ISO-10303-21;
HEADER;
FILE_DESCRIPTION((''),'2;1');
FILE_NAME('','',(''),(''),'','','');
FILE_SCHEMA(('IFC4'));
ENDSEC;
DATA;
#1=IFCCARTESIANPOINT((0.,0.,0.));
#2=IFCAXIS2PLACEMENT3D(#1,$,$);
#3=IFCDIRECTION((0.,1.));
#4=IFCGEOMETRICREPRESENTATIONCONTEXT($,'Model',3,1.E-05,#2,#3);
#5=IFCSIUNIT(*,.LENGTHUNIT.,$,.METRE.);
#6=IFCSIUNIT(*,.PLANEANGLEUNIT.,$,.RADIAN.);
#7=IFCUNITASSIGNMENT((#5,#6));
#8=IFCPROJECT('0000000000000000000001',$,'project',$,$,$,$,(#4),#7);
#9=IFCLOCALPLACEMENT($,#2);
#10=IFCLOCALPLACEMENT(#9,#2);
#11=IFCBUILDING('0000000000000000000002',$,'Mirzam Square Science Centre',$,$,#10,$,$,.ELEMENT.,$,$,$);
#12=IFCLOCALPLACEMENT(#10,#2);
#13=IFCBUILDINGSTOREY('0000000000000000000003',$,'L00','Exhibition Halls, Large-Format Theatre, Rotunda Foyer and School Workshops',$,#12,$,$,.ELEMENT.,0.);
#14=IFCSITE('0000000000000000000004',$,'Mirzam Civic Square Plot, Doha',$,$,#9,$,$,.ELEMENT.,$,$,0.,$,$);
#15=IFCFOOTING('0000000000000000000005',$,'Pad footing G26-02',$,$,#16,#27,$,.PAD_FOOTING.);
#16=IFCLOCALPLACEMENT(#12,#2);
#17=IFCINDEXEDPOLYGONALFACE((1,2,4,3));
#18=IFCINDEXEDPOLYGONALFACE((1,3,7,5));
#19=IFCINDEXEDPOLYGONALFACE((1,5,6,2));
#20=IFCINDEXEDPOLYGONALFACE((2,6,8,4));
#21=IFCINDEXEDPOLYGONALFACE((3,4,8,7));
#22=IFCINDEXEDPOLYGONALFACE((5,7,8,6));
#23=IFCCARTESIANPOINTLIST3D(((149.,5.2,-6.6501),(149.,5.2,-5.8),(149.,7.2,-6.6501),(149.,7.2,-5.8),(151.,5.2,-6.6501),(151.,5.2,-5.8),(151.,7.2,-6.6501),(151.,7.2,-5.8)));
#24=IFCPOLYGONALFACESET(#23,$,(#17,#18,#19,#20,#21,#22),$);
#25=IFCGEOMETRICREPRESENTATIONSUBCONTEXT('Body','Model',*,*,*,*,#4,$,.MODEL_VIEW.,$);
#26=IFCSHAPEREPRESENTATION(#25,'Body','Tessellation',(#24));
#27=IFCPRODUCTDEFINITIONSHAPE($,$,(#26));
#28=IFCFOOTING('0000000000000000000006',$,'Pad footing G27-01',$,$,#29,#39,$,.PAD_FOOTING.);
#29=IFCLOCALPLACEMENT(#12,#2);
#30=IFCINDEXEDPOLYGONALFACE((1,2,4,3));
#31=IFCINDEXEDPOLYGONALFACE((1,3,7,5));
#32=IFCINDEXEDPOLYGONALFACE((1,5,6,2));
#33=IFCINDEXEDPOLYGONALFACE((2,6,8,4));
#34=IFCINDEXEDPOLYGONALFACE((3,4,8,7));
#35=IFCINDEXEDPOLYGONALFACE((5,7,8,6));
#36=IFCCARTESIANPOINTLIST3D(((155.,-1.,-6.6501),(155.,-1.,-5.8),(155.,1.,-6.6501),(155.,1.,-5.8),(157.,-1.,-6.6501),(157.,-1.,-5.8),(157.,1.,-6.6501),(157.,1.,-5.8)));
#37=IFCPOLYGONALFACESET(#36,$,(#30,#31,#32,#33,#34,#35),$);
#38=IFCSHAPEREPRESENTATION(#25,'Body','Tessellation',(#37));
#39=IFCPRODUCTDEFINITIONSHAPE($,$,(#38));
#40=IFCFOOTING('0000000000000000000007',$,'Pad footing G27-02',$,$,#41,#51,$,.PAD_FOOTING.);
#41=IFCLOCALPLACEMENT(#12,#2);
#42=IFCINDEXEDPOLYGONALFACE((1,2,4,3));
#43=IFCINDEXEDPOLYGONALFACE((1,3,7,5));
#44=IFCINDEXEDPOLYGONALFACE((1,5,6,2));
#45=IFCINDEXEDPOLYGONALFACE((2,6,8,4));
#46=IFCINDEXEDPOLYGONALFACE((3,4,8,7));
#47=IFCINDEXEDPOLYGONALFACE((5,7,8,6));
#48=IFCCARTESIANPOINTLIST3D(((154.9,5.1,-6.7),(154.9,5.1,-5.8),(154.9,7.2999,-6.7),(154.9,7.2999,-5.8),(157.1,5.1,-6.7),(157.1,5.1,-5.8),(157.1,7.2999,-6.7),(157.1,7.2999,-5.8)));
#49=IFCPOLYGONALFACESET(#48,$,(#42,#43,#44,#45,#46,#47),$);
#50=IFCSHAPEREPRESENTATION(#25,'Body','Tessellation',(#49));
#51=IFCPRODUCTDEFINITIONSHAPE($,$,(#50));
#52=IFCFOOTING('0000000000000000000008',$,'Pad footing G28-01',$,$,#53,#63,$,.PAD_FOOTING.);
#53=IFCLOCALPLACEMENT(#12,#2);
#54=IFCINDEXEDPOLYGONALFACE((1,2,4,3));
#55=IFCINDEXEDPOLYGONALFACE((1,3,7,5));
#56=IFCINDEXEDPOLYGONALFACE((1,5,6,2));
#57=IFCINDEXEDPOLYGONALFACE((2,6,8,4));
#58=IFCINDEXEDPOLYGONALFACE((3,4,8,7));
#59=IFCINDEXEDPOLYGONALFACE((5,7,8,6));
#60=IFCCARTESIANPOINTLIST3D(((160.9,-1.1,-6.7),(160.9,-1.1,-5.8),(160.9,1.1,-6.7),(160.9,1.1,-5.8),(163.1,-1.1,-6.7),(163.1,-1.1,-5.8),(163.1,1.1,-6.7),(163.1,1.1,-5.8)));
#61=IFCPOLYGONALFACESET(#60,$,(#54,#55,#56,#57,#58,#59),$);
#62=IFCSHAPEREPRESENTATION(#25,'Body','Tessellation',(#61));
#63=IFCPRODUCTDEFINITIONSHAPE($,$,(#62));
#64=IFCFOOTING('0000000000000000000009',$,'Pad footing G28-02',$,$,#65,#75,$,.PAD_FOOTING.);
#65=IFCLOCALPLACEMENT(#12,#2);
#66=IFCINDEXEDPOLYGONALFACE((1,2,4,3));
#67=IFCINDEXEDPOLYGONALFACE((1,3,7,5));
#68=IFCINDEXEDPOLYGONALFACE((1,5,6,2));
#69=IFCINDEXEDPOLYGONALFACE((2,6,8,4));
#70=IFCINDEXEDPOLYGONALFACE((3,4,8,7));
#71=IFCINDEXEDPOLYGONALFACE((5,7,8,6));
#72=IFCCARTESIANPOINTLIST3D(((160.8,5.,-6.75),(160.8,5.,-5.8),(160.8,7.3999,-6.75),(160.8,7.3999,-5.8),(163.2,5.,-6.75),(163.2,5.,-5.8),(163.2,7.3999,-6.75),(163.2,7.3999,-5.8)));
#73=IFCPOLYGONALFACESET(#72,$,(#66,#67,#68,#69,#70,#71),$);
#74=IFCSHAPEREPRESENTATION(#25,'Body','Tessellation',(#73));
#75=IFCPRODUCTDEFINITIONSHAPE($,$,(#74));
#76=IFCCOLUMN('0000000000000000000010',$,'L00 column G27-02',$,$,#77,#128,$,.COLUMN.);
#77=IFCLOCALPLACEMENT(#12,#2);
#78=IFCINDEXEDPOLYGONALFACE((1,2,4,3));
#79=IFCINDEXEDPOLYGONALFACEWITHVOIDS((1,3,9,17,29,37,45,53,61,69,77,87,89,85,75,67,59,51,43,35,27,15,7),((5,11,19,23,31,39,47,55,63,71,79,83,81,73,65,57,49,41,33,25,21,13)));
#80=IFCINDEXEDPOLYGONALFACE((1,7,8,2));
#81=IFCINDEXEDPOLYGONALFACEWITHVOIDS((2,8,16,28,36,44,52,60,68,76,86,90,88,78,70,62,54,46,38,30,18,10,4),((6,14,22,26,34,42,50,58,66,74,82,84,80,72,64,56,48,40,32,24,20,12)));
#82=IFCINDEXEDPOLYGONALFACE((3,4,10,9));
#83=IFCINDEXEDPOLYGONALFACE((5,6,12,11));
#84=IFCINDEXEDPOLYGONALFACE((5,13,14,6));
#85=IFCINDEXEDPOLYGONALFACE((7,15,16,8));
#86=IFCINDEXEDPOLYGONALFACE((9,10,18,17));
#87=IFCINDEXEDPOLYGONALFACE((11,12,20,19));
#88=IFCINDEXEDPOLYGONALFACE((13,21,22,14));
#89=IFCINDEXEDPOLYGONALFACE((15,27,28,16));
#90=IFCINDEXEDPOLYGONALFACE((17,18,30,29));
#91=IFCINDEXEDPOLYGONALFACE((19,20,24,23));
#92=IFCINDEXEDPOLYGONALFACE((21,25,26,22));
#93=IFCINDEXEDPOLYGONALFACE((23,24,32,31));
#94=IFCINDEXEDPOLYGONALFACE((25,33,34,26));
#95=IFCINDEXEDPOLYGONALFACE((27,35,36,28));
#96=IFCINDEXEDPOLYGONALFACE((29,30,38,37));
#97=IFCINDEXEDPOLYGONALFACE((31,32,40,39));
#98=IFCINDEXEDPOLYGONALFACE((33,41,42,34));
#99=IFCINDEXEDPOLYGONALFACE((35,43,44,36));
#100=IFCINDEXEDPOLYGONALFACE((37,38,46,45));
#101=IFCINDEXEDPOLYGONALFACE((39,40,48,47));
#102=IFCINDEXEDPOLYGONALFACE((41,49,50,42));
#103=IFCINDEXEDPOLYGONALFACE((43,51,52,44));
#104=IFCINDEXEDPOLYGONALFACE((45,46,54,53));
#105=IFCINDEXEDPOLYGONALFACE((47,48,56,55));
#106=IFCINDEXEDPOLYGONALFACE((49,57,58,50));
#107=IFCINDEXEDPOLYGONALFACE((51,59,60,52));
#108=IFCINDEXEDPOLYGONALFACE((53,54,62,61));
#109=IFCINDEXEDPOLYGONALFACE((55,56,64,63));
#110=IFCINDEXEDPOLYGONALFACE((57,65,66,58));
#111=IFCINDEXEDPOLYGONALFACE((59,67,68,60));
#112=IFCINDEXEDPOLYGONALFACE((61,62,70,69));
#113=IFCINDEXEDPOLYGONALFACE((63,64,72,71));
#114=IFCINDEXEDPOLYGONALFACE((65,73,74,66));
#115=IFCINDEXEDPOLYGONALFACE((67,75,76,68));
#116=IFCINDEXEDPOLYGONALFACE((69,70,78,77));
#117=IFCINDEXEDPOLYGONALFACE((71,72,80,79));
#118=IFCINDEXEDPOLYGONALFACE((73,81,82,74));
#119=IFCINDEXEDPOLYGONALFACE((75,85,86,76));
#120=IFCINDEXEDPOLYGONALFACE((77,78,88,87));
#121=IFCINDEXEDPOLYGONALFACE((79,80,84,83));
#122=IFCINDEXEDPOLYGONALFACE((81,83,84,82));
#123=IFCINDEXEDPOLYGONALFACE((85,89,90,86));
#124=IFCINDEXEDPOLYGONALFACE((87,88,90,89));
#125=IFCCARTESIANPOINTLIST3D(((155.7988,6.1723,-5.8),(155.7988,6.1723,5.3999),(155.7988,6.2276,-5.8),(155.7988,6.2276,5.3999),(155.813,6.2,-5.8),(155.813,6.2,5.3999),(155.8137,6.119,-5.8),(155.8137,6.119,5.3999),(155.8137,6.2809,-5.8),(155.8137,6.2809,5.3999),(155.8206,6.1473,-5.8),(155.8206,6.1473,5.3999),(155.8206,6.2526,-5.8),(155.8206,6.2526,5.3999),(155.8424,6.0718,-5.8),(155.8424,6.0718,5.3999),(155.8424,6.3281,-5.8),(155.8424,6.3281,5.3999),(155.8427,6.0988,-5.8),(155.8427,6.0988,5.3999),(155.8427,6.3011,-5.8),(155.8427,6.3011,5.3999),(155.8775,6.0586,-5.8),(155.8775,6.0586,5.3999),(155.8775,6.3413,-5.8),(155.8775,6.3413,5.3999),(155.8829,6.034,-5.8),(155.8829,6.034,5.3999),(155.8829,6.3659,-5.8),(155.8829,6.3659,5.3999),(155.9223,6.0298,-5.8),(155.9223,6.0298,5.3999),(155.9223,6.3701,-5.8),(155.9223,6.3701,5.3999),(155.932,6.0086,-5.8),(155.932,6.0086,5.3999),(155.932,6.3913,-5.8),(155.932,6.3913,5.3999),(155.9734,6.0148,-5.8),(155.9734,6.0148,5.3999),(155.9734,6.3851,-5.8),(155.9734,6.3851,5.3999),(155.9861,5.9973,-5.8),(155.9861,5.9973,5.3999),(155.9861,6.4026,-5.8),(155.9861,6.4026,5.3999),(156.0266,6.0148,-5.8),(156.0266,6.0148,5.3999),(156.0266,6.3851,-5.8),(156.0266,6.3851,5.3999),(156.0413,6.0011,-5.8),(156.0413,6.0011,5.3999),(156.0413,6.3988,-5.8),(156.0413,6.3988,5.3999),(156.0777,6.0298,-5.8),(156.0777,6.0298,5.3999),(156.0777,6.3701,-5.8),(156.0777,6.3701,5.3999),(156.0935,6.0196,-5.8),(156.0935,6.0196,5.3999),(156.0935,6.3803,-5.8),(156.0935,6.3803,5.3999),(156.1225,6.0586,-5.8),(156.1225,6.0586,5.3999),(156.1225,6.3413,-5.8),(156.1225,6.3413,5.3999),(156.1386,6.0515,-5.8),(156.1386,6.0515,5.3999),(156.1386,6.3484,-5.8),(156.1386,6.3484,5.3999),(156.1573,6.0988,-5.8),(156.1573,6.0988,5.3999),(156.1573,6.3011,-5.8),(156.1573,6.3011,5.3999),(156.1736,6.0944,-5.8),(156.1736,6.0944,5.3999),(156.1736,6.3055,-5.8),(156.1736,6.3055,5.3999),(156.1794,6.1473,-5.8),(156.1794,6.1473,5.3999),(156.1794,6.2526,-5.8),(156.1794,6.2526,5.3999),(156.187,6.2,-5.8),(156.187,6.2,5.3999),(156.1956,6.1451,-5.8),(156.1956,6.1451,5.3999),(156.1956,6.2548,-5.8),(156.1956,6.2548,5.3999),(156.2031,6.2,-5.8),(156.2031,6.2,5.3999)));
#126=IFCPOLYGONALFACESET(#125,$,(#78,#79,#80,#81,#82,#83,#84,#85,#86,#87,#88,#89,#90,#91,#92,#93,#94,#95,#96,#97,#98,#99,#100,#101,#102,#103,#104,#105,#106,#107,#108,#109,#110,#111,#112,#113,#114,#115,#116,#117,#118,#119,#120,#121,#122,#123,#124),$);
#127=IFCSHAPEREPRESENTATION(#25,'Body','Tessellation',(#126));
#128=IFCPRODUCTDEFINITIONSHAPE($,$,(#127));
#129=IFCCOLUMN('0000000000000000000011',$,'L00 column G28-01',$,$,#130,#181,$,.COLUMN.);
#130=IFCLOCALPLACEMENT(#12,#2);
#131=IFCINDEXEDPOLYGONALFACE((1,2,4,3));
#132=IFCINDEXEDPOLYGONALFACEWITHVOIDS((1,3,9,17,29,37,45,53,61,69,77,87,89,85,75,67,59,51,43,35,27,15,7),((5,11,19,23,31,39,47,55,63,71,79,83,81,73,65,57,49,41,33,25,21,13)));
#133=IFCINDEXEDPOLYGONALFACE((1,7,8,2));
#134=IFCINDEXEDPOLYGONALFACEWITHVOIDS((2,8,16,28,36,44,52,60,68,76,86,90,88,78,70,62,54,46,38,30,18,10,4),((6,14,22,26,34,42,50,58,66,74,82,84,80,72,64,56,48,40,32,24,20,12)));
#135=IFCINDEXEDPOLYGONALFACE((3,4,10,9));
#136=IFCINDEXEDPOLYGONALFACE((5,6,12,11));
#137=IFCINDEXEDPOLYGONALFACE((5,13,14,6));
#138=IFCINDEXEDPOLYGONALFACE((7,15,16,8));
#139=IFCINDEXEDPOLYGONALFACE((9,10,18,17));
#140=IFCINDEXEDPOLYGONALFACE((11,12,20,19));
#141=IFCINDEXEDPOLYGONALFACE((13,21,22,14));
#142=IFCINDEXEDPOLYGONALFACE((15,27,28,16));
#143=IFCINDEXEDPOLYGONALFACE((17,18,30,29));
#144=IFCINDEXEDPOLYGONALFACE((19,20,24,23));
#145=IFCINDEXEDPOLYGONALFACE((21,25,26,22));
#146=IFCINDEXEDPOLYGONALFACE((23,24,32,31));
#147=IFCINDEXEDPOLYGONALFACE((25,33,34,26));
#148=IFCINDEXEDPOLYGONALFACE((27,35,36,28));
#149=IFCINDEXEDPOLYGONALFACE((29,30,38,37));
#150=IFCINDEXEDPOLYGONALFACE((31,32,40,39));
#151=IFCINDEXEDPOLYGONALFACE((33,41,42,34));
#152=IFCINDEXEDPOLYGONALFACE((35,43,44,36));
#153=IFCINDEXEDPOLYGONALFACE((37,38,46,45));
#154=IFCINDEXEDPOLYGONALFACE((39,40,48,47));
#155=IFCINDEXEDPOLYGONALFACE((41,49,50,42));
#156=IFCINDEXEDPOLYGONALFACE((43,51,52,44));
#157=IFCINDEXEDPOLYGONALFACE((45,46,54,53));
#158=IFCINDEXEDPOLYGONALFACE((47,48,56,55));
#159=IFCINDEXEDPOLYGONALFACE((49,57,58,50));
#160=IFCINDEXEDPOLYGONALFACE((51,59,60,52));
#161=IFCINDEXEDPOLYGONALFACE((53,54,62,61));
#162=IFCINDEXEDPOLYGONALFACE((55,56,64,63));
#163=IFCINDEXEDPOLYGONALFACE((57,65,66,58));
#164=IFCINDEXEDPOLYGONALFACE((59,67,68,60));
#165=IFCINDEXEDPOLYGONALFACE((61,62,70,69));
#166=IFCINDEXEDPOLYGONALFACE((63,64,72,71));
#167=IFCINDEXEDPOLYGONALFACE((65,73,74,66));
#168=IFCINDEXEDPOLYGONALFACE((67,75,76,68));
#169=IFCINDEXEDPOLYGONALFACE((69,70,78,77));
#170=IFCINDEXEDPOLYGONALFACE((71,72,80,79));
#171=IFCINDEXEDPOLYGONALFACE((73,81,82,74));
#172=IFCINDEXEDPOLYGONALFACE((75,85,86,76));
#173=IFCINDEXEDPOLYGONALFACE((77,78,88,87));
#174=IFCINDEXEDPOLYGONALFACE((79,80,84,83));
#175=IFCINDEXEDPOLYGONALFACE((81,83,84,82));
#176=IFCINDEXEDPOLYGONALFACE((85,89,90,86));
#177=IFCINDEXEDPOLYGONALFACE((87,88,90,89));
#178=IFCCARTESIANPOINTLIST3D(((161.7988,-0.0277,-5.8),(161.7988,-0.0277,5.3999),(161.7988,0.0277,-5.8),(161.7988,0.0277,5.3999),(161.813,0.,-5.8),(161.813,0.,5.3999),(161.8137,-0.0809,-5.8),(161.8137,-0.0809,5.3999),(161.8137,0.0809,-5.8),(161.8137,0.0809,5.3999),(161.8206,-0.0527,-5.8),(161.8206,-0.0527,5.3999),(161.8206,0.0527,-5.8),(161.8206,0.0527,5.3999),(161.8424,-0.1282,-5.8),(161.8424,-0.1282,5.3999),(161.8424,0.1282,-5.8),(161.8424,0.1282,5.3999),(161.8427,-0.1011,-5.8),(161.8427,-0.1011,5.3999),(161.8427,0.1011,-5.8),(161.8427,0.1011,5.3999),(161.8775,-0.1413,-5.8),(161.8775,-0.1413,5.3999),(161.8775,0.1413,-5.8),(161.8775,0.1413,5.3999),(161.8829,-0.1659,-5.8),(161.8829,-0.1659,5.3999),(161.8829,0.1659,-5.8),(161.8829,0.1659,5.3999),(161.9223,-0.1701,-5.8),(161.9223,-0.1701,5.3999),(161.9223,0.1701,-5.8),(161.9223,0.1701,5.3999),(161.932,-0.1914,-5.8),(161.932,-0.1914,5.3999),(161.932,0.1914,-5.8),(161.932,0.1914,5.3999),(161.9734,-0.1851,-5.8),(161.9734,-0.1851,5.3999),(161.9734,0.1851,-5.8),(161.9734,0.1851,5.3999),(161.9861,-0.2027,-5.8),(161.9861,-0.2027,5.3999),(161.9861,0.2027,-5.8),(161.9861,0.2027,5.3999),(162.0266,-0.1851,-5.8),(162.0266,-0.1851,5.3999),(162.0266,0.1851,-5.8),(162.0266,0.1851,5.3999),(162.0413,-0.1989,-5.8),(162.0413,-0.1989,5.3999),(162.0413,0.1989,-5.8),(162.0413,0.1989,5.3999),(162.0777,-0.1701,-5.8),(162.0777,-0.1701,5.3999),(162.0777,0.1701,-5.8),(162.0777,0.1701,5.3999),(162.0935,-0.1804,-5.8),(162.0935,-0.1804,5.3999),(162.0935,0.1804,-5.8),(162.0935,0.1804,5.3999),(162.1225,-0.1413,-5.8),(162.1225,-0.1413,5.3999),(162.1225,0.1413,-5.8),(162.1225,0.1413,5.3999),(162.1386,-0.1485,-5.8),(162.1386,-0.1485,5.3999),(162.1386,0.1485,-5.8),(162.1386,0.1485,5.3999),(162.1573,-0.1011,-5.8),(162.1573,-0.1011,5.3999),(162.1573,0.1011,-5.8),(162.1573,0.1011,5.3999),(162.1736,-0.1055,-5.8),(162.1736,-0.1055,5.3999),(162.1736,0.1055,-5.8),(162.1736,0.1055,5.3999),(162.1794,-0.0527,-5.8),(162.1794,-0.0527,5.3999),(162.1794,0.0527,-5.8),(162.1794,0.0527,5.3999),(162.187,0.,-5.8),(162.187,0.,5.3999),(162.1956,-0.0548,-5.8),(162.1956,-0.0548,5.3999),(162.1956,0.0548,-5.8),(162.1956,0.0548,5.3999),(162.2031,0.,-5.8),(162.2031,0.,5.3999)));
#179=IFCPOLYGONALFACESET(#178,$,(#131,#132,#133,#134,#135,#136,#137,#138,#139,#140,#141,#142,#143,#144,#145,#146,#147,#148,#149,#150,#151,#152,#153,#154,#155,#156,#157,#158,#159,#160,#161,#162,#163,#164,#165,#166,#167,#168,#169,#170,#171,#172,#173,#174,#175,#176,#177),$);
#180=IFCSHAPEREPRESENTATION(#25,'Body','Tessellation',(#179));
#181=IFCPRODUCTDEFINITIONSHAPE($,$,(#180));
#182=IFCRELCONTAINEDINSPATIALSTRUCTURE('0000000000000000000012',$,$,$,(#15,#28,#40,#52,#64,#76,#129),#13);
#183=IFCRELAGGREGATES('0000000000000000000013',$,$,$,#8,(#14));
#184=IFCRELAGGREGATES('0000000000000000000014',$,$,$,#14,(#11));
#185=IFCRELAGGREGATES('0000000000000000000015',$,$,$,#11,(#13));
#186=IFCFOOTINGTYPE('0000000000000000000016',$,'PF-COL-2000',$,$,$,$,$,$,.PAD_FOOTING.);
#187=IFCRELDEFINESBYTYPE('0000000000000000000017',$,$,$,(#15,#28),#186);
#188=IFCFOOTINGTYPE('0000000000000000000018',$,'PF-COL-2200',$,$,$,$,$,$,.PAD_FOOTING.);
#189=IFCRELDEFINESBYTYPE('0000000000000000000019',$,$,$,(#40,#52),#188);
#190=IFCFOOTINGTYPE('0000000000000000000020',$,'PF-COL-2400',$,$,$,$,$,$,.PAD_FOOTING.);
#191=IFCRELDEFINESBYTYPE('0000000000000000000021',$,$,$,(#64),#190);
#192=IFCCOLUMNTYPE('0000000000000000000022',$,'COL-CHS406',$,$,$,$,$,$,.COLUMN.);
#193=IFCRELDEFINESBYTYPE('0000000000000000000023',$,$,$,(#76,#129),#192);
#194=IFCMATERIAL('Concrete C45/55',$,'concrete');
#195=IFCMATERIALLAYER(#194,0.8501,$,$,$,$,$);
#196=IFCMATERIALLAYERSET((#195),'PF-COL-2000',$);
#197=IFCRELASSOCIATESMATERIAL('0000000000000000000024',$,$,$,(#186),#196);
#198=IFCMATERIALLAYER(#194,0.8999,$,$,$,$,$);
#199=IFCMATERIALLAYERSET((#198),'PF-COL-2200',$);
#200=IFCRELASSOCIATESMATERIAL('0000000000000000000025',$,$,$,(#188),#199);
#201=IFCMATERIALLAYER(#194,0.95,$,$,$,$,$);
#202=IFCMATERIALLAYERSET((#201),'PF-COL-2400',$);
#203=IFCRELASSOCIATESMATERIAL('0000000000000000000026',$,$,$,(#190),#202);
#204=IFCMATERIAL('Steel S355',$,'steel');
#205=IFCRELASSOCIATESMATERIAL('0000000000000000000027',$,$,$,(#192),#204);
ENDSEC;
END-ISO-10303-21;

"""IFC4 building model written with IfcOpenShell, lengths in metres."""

from ifc_helpers import new_model, si_unit, direction, frame, origin, origin_2d, place, context, subcontext, project, spatial, rectangle, hollow_circle, extrude, material, layer, layer_set, material_profile, profile_set, type_object, element, save


model = new_model("IFC4")

# Units and contexts
model_context = context("Model", 3, precision=1e-05, world=origin(), true_north=direction((0.0, 1.0)))
body_context = subcontext(model_context, "Body", "Model", "MODEL_VIEW")
ifc_project = project(units=[si_unit("LENGTHUNIT", "METRE"), si_unit("PLANEANGLEUNIT", "RADIAN")], contexts=[model_context])

# Site, building, storey
site_placement = place(None, origin())
site = spatial("IfcSite", under=ifc_project, at=site_placement, Name="Mirzam Civic Square Plot, Doha", CompositionType="ELEMENT", RefElevation=0.0)
building_placement = place(site_placement, origin())
building = spatial("IfcBuilding", under=site, at=building_placement, Name="Mirzam Square Science Centre", CompositionType="ELEMENT")
storey_placement = place(building_placement, origin())
storey = spatial("IfcBuildingStorey", under=building, at=storey_placement, Name="L00", Description="Exhibition Halls, Large-Format Theatre, Rotunda Foyer and School Workshops", CompositionType="ELEMENT", Elevation=0.0)

# Footings
ifc_material_1 = material(Name="Concrete C45/55", Category="concrete")
ifc_layer_1 = layer(ifc_material_1, 0.8501)
ifc_layer_set_1 = layer_set([ifc_layer_1], Name="PF-COL-2000")
footing_type_1 = type_object("IfcFootingType", Name="PF-COL-2000", PredefinedType="PAD_FOOTING", material=ifc_layer_set_1)
for number, where, z_axis, x_axis, name in (
    (1, (150.0, 6.2, -6.6501), (0.0, 0.0, 1.0), (1.0, 0.0, 0.0), "Pad footing G26-02"),
    (2, (156.0, 0.0, -6.6501), (0.0, 0.0, 1.0), (1.0, 0.0, 0.0), "Pad footing G27-01"),
):
    element("IfcFooting", number, at=place(storey_placement, frame(where, z_axis=z_axis, x_axis=x_axis)), inside=storey, type_object=footing_type_1, Name=name, PredefinedType="PAD_FOOTING", context=body_context, shape_type="SweptSolid", body=[
        extrude(rectangle(XDim=2.0, YDim=2.0, at=origin_2d()), origin(), (0.0, 0.0, 1.0), 0.8501),
    ])
ifc_layer_2 = layer(ifc_material_1, 0.8999)
ifc_layer_set_2 = layer_set([ifc_layer_2], Name="PF-COL-2200")
footing_type_2 = type_object("IfcFootingType", Name="PF-COL-2200", PredefinedType="PAD_FOOTING", material=ifc_layer_set_2)
for number, where, z_axis, x_axis, name in (
    (3, (156.0, 6.2, -6.7), (0.0, 0.0, 1.0), (1.0, 0.0, 0.0), "Pad footing G27-02"),
    (4, (162.0, 0.0, -6.7), (0.0, 0.0, 1.0), (1.0, 0.0, 0.0), "Pad footing G28-01"),
):
    element("IfcFooting", number, at=place(storey_placement, frame(where, z_axis=z_axis, x_axis=x_axis)), inside=storey, type_object=footing_type_2, Name=name, PredefinedType="PAD_FOOTING", context=body_context, shape_type="SweptSolid", body=[
        extrude(rectangle(XDim=2.2, YDim=2.2, at=origin_2d()), origin(), (0.0, 0.0, 1.0), 0.8999),
    ])
ifc_layer_3 = layer(ifc_material_1, 0.95)
ifc_layer_set_3 = layer_set([ifc_layer_3], Name="PF-COL-2400")
footing_type_3 = type_object("IfcFootingType", Name="PF-COL-2400", PredefinedType="PAD_FOOTING", material=ifc_layer_set_3)
footing_placement = place(storey_placement, frame((162.0, 6.2, -6.75), z_axis=(0.0, 0.0, 1.0), x_axis=(1.0, 0.0, 0.0)))
element("IfcFooting", 5, at=footing_placement, inside=storey, type_object=footing_type_3, Name="Pad footing G28-02", PredefinedType="PAD_FOOTING", context=body_context, shape_type="SweptSolid", body=[
    extrude(rectangle(XDim=2.3999, YDim=2.3999, at=origin_2d()), origin(), (0.0, 0.0, 1.0), 0.95),
])

# Columns
ifc_material_2 = material(Name="Steel S355", Category="steel")
ifc_material_profile_1 = material_profile(ifc_material_2, hollow_circle(Radius=0.2031, WallThickness=0.0161, at=origin_2d()), Name="406.4x16.0CHS")
ifc_profile_set_1 = profile_set([ifc_material_profile_1], Name="Steel S355")
column_type_1 = type_object("IfcColumnType", Name="COL-CHS406", PredefinedType="COLUMN", material=ifc_profile_set_1)
for number, where, z_axis, x_axis, name in (
    (6, (156.0, 6.2, -5.8), (0.0, 0.0, 1.0), (1.0, 0.0, 0.0), "L00 column G27-02"),
    (7, (162.0, 0.0, -5.8), (0.0, 0.0, 1.0), (1.0, 0.0, 0.0), "L00 column G28-01"),
):
    element("IfcColumn", number, at=place(storey_placement, frame(where, z_axis=z_axis, x_axis=x_axis)), inside=storey, type_object=column_type_1, Name=name, PredefinedType="COLUMN", context=body_context, shape_type="SweptSolid", body=[
        extrude(hollow_circle(Radius=0.2031, WallThickness=0.0161, at=origin_2d()), origin(), (0.0, 0.0, 1.0), 11.2),
    ])

save(model, "model.ifc")
